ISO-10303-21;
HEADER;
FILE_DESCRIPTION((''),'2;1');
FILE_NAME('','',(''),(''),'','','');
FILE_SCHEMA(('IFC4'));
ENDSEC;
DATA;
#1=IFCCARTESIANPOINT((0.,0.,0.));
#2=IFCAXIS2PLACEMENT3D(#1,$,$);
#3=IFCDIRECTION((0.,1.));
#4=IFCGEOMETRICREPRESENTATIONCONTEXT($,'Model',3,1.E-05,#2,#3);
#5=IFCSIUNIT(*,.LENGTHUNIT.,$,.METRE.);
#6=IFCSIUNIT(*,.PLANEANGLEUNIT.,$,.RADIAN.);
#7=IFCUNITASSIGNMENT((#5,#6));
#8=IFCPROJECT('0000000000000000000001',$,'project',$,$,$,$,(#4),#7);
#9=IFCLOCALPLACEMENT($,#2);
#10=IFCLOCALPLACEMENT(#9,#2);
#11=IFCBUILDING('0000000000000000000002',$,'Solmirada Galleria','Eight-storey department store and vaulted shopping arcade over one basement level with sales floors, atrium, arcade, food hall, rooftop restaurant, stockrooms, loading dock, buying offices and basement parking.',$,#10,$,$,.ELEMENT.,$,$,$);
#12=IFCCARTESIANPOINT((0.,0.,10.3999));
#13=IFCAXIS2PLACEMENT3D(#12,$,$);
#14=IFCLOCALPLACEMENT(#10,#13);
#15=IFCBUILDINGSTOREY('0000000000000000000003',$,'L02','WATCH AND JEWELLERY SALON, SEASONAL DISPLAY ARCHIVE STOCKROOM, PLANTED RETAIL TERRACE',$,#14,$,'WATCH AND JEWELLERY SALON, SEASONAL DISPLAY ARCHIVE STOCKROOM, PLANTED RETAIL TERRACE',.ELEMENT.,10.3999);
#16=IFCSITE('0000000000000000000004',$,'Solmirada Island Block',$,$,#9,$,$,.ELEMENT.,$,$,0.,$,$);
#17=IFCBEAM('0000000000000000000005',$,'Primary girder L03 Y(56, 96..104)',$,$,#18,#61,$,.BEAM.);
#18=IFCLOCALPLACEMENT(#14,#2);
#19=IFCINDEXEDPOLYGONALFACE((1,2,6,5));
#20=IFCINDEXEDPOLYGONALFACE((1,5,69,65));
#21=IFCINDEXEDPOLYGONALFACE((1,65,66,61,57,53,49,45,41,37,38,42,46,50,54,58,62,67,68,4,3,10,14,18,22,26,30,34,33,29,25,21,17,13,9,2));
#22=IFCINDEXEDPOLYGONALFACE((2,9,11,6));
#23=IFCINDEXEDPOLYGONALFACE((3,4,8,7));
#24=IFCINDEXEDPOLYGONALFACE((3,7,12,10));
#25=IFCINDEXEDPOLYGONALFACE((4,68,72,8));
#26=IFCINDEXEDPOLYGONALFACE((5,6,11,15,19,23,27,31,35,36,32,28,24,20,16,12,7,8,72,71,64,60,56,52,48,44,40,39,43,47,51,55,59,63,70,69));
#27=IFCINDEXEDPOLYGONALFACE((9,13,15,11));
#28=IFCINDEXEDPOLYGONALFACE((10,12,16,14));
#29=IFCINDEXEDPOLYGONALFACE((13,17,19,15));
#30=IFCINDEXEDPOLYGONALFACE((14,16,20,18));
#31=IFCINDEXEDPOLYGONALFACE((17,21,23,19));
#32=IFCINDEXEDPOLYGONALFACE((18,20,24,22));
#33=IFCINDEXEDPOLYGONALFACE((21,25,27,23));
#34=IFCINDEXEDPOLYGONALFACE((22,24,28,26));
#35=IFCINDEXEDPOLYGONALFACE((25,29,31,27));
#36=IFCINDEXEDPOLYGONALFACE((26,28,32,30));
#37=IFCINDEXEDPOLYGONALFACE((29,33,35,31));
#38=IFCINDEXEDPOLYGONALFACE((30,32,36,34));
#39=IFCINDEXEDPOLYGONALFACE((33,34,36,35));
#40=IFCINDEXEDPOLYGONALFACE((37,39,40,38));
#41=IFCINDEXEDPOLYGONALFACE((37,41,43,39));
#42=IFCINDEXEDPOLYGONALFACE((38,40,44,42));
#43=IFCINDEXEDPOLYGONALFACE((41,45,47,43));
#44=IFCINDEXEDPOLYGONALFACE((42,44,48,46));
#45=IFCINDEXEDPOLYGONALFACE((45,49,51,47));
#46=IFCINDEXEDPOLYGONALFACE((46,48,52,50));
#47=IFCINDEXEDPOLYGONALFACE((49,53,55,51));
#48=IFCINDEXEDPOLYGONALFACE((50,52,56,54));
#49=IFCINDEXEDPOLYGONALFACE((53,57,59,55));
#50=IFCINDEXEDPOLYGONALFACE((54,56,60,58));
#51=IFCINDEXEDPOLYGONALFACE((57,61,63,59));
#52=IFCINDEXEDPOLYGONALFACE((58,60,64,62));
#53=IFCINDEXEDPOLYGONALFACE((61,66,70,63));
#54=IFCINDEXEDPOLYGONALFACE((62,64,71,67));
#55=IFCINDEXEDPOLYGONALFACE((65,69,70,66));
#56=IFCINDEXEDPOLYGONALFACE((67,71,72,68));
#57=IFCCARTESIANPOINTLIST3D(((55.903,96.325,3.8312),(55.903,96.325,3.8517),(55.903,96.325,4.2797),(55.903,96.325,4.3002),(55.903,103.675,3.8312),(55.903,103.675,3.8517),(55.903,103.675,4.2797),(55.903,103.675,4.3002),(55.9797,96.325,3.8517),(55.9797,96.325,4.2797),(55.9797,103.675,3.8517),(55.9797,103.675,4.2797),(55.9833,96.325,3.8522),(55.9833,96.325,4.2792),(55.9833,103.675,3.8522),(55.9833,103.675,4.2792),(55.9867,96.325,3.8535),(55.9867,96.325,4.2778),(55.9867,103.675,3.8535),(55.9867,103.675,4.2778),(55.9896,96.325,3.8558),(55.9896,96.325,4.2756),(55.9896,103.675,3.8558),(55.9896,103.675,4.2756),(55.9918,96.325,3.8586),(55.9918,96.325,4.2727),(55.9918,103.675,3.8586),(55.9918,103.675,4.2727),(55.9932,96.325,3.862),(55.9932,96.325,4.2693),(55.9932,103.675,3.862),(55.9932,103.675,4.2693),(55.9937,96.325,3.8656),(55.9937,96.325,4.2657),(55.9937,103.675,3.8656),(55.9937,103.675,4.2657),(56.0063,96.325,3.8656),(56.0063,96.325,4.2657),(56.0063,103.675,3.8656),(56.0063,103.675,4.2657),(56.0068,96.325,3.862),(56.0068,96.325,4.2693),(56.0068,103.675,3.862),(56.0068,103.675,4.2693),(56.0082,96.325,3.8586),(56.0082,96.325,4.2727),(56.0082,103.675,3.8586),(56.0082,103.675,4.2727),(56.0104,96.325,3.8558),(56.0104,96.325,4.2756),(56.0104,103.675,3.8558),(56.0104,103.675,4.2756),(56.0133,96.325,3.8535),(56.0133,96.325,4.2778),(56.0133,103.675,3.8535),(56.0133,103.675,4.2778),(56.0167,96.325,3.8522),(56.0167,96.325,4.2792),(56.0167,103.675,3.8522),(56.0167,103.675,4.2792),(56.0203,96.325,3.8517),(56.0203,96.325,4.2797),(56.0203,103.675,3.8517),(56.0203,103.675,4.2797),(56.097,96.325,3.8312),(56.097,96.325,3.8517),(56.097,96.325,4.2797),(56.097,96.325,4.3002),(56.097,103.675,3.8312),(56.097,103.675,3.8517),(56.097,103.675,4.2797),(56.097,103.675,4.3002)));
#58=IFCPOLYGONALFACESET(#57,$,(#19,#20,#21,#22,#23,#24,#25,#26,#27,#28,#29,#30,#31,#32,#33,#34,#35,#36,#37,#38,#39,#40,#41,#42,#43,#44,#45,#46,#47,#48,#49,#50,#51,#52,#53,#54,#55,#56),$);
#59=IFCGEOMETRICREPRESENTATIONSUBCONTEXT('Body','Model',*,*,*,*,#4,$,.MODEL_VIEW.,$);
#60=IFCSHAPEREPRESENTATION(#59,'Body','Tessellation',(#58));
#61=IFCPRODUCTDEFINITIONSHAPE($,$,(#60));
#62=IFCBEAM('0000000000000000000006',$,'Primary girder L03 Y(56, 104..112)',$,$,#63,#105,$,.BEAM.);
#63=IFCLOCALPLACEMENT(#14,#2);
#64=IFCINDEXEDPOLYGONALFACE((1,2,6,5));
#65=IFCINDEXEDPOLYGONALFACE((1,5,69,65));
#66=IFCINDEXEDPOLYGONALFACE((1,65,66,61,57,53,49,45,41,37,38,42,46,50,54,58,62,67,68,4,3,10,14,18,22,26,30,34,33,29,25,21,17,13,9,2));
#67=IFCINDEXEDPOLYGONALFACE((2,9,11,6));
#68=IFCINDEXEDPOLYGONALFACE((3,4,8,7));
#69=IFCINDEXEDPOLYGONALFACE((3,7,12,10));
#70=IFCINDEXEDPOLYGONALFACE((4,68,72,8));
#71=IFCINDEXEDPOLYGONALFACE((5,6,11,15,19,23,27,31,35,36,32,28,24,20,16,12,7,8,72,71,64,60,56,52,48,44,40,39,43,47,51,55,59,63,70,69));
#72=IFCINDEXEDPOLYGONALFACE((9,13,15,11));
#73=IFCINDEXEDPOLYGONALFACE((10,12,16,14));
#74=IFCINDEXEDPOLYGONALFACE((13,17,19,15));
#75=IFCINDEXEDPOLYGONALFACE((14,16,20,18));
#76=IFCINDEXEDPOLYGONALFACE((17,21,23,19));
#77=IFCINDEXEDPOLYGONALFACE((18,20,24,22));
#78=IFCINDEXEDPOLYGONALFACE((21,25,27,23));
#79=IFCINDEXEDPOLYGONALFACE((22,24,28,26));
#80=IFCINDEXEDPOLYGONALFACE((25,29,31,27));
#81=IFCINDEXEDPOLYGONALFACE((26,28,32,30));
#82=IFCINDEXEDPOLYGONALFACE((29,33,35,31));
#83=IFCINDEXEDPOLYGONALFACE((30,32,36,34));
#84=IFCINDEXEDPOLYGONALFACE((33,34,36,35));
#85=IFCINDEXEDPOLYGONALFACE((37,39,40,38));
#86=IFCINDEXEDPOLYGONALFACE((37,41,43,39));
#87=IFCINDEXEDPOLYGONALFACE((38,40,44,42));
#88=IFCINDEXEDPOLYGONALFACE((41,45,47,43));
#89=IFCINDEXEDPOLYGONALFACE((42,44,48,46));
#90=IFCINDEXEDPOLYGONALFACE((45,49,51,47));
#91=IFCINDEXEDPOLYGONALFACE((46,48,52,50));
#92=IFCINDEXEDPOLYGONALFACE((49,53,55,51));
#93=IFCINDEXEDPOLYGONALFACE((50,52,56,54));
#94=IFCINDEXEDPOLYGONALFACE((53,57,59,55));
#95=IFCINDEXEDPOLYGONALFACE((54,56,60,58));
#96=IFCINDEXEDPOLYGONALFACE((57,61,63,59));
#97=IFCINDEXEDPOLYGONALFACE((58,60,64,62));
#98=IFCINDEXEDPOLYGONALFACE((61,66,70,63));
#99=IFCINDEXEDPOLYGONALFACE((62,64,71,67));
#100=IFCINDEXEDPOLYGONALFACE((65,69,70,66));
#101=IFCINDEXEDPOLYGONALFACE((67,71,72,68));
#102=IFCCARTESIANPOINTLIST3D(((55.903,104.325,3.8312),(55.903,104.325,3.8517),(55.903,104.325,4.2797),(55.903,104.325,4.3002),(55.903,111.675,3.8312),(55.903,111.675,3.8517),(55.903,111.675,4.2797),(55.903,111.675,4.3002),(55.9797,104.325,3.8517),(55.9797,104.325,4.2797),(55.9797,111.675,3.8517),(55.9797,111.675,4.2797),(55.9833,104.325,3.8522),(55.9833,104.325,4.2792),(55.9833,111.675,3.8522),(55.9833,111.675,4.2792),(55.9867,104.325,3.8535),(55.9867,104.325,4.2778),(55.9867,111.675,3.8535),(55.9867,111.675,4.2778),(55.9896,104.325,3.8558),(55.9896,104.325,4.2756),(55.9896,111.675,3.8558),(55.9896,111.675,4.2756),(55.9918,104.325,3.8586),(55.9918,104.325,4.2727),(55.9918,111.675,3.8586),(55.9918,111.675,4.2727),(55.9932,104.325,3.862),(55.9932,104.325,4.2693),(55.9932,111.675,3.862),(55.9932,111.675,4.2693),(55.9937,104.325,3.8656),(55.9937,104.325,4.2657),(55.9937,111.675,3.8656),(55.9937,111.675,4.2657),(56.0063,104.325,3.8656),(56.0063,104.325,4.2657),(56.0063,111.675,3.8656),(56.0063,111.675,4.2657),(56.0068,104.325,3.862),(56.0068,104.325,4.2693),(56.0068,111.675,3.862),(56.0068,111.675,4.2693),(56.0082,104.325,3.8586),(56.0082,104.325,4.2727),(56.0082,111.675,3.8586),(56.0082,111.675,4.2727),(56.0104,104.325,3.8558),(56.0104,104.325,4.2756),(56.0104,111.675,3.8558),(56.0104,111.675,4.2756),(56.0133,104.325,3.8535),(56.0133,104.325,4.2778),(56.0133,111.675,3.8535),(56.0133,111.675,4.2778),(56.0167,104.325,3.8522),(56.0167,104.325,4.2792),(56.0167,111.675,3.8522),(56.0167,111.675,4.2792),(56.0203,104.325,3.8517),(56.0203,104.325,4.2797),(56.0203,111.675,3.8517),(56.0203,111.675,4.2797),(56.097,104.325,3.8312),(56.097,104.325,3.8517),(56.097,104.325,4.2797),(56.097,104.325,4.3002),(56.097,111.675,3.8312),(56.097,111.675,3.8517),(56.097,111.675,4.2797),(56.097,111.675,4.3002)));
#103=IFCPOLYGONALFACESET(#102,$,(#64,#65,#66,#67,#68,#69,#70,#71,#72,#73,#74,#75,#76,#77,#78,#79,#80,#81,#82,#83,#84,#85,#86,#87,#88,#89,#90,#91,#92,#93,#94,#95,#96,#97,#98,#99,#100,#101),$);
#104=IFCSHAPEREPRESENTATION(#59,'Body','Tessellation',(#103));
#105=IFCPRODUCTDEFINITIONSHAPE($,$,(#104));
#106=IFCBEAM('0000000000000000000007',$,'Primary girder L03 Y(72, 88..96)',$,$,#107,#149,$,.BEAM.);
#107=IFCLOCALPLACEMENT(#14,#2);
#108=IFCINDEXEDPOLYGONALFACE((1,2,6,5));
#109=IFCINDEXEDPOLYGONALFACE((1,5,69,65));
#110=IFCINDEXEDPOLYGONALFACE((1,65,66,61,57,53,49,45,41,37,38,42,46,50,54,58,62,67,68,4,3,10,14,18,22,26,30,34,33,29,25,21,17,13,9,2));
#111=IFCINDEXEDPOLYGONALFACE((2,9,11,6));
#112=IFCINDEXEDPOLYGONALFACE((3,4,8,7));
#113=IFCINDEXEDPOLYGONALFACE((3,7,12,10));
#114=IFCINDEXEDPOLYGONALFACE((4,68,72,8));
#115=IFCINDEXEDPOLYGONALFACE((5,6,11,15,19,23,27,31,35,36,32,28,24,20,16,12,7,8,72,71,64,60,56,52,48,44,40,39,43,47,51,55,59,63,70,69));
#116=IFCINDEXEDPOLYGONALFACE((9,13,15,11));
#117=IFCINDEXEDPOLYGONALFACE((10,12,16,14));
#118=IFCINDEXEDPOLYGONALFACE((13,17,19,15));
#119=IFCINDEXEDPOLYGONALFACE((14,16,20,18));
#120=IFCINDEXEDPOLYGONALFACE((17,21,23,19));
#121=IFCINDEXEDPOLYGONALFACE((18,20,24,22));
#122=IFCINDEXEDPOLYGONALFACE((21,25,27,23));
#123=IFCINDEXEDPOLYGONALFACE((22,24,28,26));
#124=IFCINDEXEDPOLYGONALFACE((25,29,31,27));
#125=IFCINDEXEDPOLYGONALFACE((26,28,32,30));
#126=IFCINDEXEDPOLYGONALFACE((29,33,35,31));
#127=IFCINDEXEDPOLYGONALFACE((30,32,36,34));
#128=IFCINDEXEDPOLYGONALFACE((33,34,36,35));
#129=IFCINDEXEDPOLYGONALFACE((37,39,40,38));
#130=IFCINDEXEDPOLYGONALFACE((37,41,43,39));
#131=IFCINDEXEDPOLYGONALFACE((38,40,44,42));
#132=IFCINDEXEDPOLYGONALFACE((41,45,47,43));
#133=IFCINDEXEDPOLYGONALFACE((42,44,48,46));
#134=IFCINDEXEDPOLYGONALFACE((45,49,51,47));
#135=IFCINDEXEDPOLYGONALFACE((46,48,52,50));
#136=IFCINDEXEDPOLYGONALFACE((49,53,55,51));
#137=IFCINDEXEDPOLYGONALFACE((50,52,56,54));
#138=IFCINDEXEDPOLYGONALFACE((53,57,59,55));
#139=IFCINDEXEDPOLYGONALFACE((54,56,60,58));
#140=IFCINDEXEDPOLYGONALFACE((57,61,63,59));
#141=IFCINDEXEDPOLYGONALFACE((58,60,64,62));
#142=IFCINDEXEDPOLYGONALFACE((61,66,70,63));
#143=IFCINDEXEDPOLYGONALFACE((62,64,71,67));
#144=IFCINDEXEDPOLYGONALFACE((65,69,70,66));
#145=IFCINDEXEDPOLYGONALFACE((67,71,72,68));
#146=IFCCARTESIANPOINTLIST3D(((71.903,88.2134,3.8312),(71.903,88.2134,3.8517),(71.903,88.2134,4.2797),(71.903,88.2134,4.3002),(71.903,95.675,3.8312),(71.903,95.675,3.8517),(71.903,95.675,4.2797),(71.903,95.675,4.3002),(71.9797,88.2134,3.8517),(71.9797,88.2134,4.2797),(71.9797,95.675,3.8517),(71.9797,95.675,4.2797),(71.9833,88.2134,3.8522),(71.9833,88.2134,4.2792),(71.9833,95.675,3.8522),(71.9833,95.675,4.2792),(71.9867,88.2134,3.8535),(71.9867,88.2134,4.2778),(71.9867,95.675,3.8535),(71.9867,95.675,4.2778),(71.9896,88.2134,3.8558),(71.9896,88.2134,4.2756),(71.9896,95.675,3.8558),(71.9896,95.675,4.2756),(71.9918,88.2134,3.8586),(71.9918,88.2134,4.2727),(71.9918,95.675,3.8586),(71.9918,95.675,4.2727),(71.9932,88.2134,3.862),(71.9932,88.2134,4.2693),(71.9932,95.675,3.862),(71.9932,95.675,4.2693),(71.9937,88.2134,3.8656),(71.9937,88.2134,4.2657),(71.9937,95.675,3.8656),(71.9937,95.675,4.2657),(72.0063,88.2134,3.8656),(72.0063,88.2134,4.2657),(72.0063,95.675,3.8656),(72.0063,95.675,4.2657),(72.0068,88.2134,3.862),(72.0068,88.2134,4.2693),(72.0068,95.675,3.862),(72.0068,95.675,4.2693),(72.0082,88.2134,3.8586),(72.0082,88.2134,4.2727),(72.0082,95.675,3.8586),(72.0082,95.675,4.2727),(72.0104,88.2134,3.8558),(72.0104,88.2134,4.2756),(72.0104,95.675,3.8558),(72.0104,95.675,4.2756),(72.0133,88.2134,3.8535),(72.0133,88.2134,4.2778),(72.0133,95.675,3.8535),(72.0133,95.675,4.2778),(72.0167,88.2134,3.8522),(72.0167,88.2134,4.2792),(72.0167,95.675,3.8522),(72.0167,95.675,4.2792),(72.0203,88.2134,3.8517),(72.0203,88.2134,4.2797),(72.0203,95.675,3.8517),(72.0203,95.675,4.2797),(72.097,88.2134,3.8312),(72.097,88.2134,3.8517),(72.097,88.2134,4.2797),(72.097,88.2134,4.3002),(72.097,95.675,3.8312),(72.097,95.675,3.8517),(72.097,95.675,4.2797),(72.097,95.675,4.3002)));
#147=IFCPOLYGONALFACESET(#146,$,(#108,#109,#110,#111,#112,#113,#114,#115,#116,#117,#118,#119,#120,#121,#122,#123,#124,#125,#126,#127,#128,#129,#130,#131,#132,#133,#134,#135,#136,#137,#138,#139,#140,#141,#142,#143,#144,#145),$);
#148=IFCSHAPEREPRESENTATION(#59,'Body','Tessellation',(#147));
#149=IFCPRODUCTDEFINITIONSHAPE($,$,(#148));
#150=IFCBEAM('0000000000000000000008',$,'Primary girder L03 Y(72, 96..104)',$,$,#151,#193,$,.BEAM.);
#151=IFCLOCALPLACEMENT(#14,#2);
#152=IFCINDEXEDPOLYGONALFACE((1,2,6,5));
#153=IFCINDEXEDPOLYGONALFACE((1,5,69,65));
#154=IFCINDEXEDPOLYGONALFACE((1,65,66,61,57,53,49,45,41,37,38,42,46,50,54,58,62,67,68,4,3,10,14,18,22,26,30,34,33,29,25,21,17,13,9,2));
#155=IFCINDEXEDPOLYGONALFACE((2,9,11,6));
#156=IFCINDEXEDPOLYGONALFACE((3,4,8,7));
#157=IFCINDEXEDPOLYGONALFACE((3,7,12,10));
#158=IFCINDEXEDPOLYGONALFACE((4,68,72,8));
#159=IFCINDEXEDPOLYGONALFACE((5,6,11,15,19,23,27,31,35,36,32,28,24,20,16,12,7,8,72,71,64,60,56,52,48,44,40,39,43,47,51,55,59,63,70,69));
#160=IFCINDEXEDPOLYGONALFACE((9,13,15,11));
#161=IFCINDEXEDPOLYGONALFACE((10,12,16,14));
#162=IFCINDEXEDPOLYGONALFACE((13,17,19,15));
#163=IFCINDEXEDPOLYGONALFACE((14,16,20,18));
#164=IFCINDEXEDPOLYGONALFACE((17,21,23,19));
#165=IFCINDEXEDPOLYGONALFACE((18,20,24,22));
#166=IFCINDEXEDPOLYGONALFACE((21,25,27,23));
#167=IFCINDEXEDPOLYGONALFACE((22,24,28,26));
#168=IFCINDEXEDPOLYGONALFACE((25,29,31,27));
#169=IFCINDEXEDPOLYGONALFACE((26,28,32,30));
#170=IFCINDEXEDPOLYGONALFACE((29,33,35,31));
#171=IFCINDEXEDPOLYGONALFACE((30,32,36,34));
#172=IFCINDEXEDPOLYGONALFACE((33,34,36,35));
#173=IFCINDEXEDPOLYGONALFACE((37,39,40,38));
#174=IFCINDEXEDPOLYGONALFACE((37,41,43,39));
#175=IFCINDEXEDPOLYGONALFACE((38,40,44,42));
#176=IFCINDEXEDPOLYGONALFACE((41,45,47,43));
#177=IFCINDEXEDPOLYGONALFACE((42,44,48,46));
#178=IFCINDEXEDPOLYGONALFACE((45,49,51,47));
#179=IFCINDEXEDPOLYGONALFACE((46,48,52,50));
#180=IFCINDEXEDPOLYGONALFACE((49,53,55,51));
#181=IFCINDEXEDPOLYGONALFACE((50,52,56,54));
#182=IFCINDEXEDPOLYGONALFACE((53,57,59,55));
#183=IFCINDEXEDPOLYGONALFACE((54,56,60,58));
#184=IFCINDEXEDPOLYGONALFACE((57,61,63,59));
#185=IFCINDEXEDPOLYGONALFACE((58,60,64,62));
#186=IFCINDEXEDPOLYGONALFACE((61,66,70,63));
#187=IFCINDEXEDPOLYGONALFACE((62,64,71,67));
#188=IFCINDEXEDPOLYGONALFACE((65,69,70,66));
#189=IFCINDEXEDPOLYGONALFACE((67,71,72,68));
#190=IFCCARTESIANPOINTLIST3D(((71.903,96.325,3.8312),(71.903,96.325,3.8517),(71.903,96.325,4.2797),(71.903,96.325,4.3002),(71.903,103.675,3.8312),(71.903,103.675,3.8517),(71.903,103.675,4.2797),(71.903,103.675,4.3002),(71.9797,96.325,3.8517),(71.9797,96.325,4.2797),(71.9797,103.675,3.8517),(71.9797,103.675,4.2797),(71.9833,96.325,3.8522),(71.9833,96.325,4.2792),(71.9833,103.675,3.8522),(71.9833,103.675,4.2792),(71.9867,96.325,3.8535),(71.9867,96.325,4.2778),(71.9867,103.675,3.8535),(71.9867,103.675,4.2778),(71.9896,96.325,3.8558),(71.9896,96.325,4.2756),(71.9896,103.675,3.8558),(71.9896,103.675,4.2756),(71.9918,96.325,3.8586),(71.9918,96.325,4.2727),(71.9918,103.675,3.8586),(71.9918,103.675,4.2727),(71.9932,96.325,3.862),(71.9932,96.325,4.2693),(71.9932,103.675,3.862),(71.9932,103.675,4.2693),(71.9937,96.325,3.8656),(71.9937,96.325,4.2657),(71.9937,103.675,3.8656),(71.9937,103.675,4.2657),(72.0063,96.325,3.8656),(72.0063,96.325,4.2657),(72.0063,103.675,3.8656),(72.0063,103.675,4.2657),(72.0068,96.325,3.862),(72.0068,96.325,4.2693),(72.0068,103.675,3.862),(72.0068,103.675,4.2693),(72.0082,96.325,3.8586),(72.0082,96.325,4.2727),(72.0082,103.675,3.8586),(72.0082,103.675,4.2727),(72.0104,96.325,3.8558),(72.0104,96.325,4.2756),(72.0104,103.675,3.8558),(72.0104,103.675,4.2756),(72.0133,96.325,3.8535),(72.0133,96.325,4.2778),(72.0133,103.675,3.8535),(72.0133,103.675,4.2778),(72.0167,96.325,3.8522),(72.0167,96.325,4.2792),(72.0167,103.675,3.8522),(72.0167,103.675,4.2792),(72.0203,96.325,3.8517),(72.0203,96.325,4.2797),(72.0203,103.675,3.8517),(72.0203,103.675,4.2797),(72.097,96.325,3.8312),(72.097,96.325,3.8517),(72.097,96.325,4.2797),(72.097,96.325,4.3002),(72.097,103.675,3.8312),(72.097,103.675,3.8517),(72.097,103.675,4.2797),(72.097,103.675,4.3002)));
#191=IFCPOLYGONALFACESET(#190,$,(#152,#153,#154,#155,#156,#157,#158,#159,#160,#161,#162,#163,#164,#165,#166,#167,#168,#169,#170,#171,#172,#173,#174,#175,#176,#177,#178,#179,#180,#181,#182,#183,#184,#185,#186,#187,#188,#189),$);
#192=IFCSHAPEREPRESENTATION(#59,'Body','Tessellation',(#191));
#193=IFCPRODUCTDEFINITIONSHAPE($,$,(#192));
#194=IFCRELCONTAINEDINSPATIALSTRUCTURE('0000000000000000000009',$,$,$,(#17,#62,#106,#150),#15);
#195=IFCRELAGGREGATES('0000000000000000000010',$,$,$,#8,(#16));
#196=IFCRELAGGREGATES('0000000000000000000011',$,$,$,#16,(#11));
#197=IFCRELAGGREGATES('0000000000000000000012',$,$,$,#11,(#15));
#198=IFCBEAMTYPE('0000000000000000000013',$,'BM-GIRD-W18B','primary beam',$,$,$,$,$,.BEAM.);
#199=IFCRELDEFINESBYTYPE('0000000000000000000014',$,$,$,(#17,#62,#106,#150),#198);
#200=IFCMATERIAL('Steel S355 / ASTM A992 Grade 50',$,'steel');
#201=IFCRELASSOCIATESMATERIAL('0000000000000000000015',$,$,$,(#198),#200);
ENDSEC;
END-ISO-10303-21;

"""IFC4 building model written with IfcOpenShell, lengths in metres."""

from ifc_helpers import new_model, si_unit, direction, frame, origin, origin_2d, place, context, subcontext, project, spatial, i_section, extrude, material, material_profile, profile_set, type_object, element, save


model = new_model("IFC4")

# Units and contexts
model_context = context("Model", 3, precision=1e-05, world=origin(), true_north=direction((0.0, 1.0)))
body_context = subcontext(model_context, "Body", "Model", "MODEL_VIEW")
ifc_project = project(units=[si_unit("LENGTHUNIT", "METRE"), si_unit("PLANEANGLEUNIT", "RADIAN")], contexts=[model_context])

# Site, building, storey
site_placement = place(None, origin())
site = spatial("IfcSite", under=ifc_project, at=site_placement, Name="Solmirada Island Block", CompositionType="ELEMENT", RefElevation=0.0)
building_placement = place(site_placement, origin())
building = spatial("IfcBuilding", under=site, at=building_placement, Name="Solmirada Galleria", Description="Eight-storey department store and vaulted shopping arcade over one basement level with sales floors, atrium, arcade, food hall, rooftop restaurant, stockrooms, loading dock, buying offices and basement parking.", CompositionType="ELEMENT")
storey_placement = place(building_placement, frame((0.0, 0.0, 10.3999)))
storey = spatial("IfcBuildingStorey", under=building, at=storey_placement, Name="L02", Description="WATCH AND JEWELLERY SALON, SEASONAL DISPLAY ARCHIVE STOCKROOM, PLANTED RETAIL TERRACE", LongName="WATCH AND JEWELLERY SALON, SEASONAL DISPLAY ARCHIVE STOCKROOM, PLANTED RETAIL TERRACE", CompositionType="ELEMENT", Elevation=10.3999)

# Beams
ifc_material_1 = material(Name="Steel S355 / ASTM A992 Grade 50", Category="steel")
ifc_material_profile_1 = material_profile(ifc_material_1, i_section(OverallWidth=0.1941, OverallDepth=0.469, WebThickness=0.0127, FlangeThickness=0.0205, FilletRadius=0.0139, at=origin_2d()), Name="W18X71")
ifc_profile_set_1 = profile_set([ifc_material_profile_1], Name="Steel S355 / ASTM A992 Grade 50")
beam_type_1 = type_object("IfcBeamType", Name="BM-GIRD-W18B", Description="primary beam", PredefinedType="BEAM", material=ifc_profile_set_1)
for number, where, z_axis, x_axis, name in (
    (1, (56.0, 96.325, 4.0657), (0.0, 1.0, 0.0), (-1.0, 0.0, 0.0), "Primary girder L03 Y(56, 96..104)"),
    (2, (56.0, 104.325, 4.0657), (0.0, 1.0, 0.0), (-1.0, 0.0, 0.0), "Primary girder L03 Y(56, 104..112)"),
):
    element("IfcBeam", number, at=place(storey_placement, frame(where, z_axis=z_axis, x_axis=x_axis)), inside=storey, type_object=beam_type_1, Name=name, PredefinedType="BEAM", context=body_context, shape_type="SweptSolid", body=[
        extrude(i_section(OverallWidth=0.1941, OverallDepth=0.469, WebThickness=0.0127, FlangeThickness=0.0205, FilletRadius=0.0139, at=origin_2d()), origin(), (0.0, 0.0, 1.0), 7.3501),
    ])
beam_1_placement = place(storey_placement, frame((72.0, 88.2134, 4.0657), z_axis=(0.0, 1.0, 0.0), x_axis=(-1.0, 0.0, 0.0)))
element("IfcBeam", 3, at=beam_1_placement, inside=storey, type_object=beam_type_1, Name="Primary girder L03 Y(72, 88..96)", PredefinedType="BEAM", context=body_context, shape_type="SweptSolid", body=[
    extrude(i_section(OverallWidth=0.1941, OverallDepth=0.469, WebThickness=0.0127, FlangeThickness=0.0205, FilletRadius=0.0139, at=origin_2d()), origin(), (0.0, 0.0, 1.0), 7.4617),
])
for number, where, z_axis, x_axis, name in (
    (4, (72.0, 96.325, 4.0657), (0.0, 1.0, 0.0), (-1.0, 0.0, 0.0), "Primary girder L03 Y(72, 96..104)"),
):
    element("IfcBeam", number, at=place(storey_placement, frame(where, z_axis=z_axis, x_axis=x_axis)), inside=storey, type_object=beam_type_1, Name=name, PredefinedType="BEAM", context=body_context, shape_type="SweptSolid", body=[
        extrude(i_section(OverallWidth=0.1941, OverallDepth=0.469, WebThickness=0.0127, FlangeThickness=0.0205, FilletRadius=0.0139, at=origin_2d()), origin(), (0.0, 0.0, 1.0), 7.3501),
    ])

save(model, "model.ifc")
